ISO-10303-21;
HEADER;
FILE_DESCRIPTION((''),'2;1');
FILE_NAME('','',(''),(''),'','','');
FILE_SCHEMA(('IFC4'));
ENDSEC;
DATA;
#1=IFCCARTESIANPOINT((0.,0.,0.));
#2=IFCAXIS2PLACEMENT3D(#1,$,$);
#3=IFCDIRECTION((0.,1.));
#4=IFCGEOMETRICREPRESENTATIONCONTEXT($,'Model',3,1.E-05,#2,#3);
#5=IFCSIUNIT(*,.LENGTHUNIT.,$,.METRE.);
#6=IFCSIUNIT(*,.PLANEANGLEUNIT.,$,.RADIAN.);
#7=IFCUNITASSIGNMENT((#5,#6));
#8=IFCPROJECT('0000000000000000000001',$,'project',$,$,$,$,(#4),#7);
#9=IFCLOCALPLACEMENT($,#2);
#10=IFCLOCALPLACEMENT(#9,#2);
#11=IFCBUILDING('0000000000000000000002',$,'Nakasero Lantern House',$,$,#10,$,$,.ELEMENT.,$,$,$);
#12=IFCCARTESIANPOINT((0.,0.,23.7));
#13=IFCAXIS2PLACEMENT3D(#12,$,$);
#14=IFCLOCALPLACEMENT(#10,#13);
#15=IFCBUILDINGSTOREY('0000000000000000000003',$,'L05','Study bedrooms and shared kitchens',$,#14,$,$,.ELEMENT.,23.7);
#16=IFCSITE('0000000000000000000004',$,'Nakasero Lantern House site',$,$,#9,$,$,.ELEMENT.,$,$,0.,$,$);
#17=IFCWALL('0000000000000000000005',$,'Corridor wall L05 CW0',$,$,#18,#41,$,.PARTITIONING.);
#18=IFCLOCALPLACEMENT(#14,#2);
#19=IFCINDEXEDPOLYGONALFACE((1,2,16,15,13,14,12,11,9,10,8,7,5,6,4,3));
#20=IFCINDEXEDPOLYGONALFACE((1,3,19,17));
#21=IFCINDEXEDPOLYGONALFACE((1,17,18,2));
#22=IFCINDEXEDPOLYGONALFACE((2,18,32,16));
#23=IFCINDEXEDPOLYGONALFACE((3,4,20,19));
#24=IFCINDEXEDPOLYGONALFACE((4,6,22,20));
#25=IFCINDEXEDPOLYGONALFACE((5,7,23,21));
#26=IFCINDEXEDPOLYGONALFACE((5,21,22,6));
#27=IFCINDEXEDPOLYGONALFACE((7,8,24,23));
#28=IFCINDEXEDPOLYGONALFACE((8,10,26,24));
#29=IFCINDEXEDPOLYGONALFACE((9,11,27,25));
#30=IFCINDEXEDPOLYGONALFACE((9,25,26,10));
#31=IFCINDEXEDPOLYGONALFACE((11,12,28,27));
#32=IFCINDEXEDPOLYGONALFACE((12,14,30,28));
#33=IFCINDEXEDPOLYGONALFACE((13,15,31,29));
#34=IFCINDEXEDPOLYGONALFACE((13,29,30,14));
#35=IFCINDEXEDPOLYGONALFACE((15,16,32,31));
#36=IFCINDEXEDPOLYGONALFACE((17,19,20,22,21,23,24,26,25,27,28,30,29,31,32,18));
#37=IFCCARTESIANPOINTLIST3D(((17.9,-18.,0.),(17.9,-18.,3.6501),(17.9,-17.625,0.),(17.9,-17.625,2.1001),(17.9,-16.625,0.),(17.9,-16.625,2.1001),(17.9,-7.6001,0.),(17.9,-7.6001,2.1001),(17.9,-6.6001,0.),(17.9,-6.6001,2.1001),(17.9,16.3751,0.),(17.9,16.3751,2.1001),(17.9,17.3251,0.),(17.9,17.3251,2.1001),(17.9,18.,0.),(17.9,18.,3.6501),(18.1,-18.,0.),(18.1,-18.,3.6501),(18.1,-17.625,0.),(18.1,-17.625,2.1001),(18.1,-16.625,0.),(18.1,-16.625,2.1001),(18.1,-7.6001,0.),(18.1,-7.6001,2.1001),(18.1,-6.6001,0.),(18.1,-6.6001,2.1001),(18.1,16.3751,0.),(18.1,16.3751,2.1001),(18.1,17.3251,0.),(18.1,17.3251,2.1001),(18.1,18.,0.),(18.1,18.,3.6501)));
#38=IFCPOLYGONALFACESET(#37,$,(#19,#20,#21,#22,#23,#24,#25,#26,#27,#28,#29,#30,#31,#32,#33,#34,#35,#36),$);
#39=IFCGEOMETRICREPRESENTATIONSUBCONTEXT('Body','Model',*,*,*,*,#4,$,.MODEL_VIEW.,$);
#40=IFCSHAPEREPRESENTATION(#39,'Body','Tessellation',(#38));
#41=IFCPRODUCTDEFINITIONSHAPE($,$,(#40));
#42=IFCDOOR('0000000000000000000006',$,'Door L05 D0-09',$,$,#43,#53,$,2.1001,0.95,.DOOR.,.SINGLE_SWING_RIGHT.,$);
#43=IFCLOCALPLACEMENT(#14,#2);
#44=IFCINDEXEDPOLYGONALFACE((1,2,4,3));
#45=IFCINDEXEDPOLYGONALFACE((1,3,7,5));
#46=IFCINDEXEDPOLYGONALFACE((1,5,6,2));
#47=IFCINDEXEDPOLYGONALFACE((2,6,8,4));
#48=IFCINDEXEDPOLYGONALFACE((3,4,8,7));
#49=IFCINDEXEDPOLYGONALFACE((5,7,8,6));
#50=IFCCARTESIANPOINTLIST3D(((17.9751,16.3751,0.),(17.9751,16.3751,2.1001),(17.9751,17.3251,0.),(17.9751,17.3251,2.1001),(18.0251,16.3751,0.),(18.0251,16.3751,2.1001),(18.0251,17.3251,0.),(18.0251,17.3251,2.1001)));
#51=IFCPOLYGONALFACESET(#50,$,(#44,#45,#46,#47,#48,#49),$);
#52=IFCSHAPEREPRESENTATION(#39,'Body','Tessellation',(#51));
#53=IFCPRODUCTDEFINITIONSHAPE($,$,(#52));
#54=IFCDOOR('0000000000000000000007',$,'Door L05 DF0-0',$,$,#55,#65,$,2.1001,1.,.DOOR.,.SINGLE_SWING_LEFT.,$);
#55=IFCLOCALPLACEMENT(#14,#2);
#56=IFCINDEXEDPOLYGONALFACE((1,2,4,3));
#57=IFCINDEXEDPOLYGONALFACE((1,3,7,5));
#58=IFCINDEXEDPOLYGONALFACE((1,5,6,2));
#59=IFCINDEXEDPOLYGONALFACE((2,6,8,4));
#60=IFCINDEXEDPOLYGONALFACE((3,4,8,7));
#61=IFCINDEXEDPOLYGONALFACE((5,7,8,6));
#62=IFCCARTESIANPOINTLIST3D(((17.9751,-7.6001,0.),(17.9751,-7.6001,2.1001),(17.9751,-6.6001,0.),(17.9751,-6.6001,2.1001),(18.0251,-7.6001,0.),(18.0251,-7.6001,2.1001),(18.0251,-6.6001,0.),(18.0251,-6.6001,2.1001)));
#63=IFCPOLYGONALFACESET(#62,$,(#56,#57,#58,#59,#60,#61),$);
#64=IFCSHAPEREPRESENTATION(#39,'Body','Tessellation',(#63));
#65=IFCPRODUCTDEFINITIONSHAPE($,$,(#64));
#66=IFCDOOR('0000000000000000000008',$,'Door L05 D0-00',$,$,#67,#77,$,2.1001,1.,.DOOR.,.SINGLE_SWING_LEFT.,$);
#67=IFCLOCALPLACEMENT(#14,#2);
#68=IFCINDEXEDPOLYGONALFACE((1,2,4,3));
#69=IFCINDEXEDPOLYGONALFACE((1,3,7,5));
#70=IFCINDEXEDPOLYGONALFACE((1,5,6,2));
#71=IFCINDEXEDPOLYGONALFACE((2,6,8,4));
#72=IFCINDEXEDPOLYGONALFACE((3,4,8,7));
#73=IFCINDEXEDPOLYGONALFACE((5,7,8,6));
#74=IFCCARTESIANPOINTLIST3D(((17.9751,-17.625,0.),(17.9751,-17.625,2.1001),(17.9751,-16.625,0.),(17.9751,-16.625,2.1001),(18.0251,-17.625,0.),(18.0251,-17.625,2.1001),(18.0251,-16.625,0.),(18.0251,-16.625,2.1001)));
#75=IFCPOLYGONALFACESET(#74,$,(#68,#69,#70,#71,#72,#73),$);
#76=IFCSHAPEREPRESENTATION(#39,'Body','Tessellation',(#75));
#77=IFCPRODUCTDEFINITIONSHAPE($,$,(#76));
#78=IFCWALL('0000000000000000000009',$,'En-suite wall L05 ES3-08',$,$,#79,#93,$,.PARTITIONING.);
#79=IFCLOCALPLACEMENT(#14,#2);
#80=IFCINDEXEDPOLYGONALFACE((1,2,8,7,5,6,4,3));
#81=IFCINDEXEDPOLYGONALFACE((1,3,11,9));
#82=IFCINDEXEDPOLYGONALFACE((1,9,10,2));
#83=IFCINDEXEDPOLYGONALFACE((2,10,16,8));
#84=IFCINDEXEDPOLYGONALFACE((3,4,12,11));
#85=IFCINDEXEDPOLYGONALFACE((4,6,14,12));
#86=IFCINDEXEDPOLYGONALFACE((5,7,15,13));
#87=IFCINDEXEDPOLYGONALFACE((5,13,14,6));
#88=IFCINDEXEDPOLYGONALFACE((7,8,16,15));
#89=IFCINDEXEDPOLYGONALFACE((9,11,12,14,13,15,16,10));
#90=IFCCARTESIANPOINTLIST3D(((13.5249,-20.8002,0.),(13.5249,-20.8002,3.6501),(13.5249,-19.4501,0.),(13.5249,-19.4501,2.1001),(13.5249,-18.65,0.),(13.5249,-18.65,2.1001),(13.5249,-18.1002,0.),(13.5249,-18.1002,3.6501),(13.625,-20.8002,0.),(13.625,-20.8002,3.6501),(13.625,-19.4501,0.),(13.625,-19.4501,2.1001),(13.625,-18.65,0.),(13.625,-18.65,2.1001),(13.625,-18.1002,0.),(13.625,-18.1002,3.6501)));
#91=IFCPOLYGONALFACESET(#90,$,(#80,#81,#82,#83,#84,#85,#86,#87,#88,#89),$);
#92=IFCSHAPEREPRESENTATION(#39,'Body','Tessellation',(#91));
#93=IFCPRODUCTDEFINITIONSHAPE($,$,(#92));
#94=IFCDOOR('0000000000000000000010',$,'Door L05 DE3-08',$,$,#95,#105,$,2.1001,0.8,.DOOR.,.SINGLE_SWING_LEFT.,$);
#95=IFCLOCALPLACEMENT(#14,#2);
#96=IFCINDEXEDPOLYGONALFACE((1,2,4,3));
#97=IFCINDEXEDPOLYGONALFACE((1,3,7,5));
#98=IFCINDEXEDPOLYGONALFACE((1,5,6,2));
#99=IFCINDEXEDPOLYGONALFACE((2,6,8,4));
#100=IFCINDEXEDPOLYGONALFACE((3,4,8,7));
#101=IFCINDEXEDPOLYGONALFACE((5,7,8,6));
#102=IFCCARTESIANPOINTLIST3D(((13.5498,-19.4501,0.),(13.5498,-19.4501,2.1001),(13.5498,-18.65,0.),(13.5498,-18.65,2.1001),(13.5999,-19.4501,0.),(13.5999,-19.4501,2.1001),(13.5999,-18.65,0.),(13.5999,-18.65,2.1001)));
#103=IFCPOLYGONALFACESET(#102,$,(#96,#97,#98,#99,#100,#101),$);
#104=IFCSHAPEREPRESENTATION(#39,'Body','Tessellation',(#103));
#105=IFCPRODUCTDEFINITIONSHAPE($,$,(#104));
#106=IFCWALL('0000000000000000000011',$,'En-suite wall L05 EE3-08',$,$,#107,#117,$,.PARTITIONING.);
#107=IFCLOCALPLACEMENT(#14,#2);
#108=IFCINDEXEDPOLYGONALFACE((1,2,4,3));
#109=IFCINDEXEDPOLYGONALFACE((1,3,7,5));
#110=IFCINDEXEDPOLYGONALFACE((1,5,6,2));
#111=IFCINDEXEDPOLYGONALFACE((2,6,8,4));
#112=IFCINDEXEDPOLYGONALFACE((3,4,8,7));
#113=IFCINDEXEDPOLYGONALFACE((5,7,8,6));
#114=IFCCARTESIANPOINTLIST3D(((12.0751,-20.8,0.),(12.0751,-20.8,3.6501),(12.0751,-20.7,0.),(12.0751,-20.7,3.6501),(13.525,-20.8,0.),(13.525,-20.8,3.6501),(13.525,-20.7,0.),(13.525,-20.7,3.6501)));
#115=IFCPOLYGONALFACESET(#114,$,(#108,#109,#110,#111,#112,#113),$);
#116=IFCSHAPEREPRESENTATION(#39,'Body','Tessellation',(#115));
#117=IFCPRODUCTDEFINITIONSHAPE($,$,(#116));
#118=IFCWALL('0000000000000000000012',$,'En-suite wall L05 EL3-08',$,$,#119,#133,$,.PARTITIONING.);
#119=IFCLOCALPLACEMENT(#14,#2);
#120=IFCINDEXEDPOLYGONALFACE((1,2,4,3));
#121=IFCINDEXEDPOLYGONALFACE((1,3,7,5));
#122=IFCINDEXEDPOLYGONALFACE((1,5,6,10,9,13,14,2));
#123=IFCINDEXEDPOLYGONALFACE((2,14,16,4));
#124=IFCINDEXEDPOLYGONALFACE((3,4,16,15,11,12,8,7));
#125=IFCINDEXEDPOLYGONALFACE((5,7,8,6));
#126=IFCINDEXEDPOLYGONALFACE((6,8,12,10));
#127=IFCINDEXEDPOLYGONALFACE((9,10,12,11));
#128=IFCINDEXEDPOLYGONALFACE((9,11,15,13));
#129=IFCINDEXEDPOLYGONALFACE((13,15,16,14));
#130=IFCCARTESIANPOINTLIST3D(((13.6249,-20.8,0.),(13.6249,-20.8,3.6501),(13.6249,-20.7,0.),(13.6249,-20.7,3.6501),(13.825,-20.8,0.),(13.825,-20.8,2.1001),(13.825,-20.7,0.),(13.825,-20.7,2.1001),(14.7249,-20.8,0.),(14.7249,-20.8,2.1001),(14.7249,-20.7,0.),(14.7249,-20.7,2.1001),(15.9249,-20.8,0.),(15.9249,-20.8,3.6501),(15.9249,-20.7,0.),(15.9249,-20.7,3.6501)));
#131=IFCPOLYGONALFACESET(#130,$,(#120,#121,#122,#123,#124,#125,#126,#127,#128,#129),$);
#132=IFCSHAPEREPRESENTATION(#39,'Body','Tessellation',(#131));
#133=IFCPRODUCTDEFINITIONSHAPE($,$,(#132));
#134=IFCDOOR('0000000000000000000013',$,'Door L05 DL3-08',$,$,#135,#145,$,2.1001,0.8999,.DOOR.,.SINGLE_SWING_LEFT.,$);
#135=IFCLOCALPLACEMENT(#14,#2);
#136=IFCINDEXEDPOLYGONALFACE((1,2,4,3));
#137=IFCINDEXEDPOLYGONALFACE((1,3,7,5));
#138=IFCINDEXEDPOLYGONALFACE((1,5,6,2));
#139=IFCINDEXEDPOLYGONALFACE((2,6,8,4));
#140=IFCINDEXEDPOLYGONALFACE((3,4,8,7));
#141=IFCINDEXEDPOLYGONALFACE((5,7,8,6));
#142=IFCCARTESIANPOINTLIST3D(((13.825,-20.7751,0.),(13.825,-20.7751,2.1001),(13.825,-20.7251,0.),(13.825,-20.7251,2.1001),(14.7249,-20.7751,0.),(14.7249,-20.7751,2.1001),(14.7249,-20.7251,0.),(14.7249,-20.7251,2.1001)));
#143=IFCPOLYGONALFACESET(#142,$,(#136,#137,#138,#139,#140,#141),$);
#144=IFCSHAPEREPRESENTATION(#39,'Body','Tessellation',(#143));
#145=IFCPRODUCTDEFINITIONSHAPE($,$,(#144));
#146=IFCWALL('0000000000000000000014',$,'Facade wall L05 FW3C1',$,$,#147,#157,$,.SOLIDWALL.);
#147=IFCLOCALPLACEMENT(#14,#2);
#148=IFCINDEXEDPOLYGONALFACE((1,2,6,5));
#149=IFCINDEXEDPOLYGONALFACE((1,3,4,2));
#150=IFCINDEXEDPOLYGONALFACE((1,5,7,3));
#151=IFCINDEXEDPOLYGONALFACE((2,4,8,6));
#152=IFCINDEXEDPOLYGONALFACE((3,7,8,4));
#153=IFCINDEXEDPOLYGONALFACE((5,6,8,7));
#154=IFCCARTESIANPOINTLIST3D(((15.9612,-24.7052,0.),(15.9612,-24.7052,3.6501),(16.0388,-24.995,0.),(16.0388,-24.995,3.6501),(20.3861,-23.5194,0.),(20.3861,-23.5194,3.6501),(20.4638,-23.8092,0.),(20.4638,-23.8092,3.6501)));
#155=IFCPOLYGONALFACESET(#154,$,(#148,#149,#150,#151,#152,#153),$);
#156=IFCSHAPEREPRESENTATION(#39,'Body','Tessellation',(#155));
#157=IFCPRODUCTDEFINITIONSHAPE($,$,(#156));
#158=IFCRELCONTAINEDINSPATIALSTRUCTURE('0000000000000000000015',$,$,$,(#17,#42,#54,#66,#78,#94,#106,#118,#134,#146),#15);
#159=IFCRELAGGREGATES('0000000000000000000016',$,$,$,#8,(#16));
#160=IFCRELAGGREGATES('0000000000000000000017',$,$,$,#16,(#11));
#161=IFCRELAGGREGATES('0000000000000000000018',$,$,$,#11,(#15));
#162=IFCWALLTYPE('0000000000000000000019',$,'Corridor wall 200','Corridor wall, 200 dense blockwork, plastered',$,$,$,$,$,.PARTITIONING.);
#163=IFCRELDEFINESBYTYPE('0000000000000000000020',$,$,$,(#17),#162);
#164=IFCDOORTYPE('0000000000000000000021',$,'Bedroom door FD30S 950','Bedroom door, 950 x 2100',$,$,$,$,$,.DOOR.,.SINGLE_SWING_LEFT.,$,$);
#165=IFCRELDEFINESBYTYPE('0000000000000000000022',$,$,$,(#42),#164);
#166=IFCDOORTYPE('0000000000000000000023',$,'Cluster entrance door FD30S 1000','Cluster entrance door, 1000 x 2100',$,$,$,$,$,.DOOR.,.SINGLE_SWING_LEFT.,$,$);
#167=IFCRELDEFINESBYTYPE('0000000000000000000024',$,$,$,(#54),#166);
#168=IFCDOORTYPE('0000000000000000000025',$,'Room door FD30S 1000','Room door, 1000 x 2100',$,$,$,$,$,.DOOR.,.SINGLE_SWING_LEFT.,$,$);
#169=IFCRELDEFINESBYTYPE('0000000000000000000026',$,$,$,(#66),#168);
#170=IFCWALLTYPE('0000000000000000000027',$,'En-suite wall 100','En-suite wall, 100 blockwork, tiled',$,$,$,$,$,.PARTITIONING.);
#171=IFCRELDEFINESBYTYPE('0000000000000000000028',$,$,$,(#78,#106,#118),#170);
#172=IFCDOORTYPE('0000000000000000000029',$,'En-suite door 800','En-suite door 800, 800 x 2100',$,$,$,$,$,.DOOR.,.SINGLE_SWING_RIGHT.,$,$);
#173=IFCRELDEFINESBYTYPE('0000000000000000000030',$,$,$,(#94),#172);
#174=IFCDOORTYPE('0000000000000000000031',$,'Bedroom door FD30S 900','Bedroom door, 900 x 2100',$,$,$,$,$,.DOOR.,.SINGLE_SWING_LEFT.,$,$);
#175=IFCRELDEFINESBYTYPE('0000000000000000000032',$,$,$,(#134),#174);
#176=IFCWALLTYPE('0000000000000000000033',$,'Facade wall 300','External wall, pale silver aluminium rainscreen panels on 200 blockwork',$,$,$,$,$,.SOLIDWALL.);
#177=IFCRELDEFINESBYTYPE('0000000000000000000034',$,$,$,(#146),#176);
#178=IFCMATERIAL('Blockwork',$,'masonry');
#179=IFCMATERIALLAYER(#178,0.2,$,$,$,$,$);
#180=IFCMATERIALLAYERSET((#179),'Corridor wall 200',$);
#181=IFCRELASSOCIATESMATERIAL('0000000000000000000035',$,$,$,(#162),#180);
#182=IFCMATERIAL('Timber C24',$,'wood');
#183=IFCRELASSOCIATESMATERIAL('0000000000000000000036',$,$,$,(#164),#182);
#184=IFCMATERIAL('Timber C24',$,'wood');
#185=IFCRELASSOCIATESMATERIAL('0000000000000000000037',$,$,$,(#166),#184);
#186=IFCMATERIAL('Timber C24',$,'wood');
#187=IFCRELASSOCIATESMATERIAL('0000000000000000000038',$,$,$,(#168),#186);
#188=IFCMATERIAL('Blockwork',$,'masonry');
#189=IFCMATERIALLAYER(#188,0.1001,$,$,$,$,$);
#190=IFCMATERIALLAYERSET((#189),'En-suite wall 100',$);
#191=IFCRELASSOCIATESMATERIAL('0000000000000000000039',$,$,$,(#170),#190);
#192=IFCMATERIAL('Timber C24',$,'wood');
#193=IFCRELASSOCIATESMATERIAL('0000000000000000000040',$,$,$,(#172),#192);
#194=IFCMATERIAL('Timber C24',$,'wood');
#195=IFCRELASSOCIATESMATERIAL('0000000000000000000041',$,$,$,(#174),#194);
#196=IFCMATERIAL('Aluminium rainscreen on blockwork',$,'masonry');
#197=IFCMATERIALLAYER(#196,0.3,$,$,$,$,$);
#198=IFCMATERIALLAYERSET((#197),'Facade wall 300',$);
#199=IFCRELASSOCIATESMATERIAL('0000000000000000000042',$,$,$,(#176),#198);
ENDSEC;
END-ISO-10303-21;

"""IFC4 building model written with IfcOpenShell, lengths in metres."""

from ifc_helpers import new_model, si_unit, direction, frame, frame_2d, origin, place, context, subcontext, project, spatial, rectangle, extrude, material, layer, layer_set, type_object, element, fill, save


model = new_model("IFC4")

# Units and contexts
model_context = context("Model", 3, precision=1e-05, world=origin(), true_north=direction((0.0, 1.0)))
body_context = subcontext(model_context, "Body", "Model", "MODEL_VIEW")
ifc_project = project(units=[si_unit("LENGTHUNIT", "METRE"), si_unit("PLANEANGLEUNIT", "RADIAN")], contexts=[model_context])

# Site, building, storey
site_placement = place(None, origin())
site = spatial("IfcSite", under=ifc_project, at=site_placement, Name="Nakasero Lantern House site", CompositionType="ELEMENT", RefElevation=0.0)
building_placement = place(site_placement, origin())
building = spatial("IfcBuilding", under=site, at=building_placement, Name="Nakasero Lantern House", CompositionType="ELEMENT")
storey_placement = place(building_placement, frame((0.0, 0.0, 23.7)))
storey = spatial("IfcBuildingStorey", under=building, at=storey_placement, Name="L05", Description="Study bedrooms and shared kitchens", CompositionType="ELEMENT", Elevation=23.7)

# Wall, openings, doors
ifc_material_1 = material(Name="Blockwork", Category="masonry")
ifc_layer_1 = layer(ifc_material_1, 0.2)
ifc_layer_set_1 = layer_set([ifc_layer_1], Name="Corridor wall 200")
wall_type_1 = type_object("IfcWallType", Name="Corridor wall 200", Description="Corridor wall, 200 dense blockwork, plastered", PredefinedType="PARTITIONING", material=ifc_layer_set_1)
wall_1_placement = place(storey_placement, frame((18.0, -18.0, 0.0), z_axis=(0.0, 0.0, 1.0), x_axis=(0.0, 1.0, 0.0)))
wall_1 = element("IfcWall", 1, at=wall_1_placement, inside=storey, type_object=wall_type_1, Name="Corridor wall L05 CW0", PredefinedType="PARTITIONING", context=body_context, shape_type="SweptSolid", body=[
    extrude(rectangle(XDim=36.0, YDim=0.2, at=frame_2d((18.0, 0.0))), origin(), (0.0, 0.0, 1.0), 3.6501),
])
opening_1_placement = place(wall_1_placement, frame((10.3999, 0.0, 0.0)))
opening_1 = element("IfcOpeningElement", 2, at=opening_1_placement, cuts=wall_1, PredefinedType="OPENING", context=body_context, shape_type="SweptSolid", body=[
    extrude(rectangle(XDim=1.0, YDim=2.1001, at=frame_2d((0.5, 1.05))), frame((0.0, 0.1199, 0.0), z_axis=(0.0, -1.0, 0.0), x_axis=(1.0, 0.0, 0.0)), (0.0, 0.0, 1.0), 0.24),
])
opening_2_placement = place(wall_1_placement, frame((0.375, 0.0, 0.0)))
opening_2 = element("IfcOpeningElement", 3, at=opening_2_placement, cuts=wall_1, PredefinedType="OPENING", context=body_context, shape_type="SweptSolid", body=[
    extrude(rectangle(XDim=1.0, YDim=2.1001, at=frame_2d((0.5, 1.05))), frame((0.0, 0.1199, 0.0), z_axis=(0.0, -1.0, 0.0), x_axis=(1.0, 0.0, 0.0)), (0.0, 0.0, 1.0), 0.24),
])
opening_3_placement = place(wall_1_placement, frame((34.375, 0.0, 0.0)))
opening_3 = element("IfcOpeningElement", 4, at=opening_3_placement, cuts=wall_1, PredefinedType="OPENING", context=body_context, shape_type="SweptSolid", body=[
    extrude(rectangle(XDim=0.95, YDim=2.1001, at=frame_2d((0.4751, 1.05))), frame((0.0, 0.1199, 0.0), z_axis=(0.0, -1.0, 0.0), x_axis=(1.0, 0.0, 0.0)), (0.0, 0.0, 1.0), 0.24),
])
ifc_material_2 = material(Name="Timber C24", Category="wood")
door_type_1 = type_object("IfcDoorType", Name="Bedroom door FD30S 950", Description="Bedroom door, 950 x 2100", OperationType="SINGLE_SWING_LEFT", PredefinedType="DOOR", material=ifc_material_2)
door_1_placement = place(opening_3_placement, origin())
door_1 = element("IfcDoor", 5, at=door_1_placement, inside=storey, type_object=door_type_1, Name="Door L05 D0-09", OperationType="SINGLE_SWING_RIGHT", OverallHeight=2.1001, OverallWidth=0.95, PredefinedType="DOOR", context=body_context, shape_type="SweptSolid", body=[
    extrude(rectangle(XDim=0.95, YDim=2.1001, at=frame_2d((0.4751, 1.05))), frame((0.0, 0.0249, 0.0), z_axis=(0.0, -1.0, 0.0), x_axis=(1.0, 0.0, 0.0)), (0.0, 0.0, 1.0), 0.05),
])
fill(opening_3, door_1)
ifc_material_3 = material(Name="Timber C24", Category="wood")
door_type_2 = type_object("IfcDoorType", Name="Cluster entrance door FD30S 1000", Description="Cluster entrance door, 1000 x 2100", OperationType="SINGLE_SWING_LEFT", PredefinedType="DOOR", material=ifc_material_3)
door_2_placement = place(opening_1_placement, origin())
door_2 = element("IfcDoor", 6, at=door_2_placement, inside=storey, type_object=door_type_2, Name="Door L05 DF0-0", OperationType="SINGLE_SWING_LEFT", OverallHeight=2.1001, OverallWidth=1.0, PredefinedType="DOOR", context=body_context, shape_type="SweptSolid", body=[
    extrude(rectangle(XDim=1.0, YDim=2.1001, at=frame_2d((0.5, 1.05))), frame((0.0, 0.0249, 0.0), z_axis=(0.0, -1.0, 0.0), x_axis=(1.0, 0.0, 0.0)), (0.0, 0.0, 1.0), 0.05),
])
fill(opening_1, door_2)
ifc_material_4 = material(Name="Timber C24", Category="wood")
door_type_3 = type_object("IfcDoorType", Name="Room door FD30S 1000", Description="Room door, 1000 x 2100", OperationType="SINGLE_SWING_LEFT", PredefinedType="DOOR", material=ifc_material_4)
door_3_placement = place(opening_2_placement, origin())
door_3 = element("IfcDoor", 7, at=door_3_placement, inside=storey, type_object=door_type_3, Name="Door L05 D0-00", OperationType="SINGLE_SWING_LEFT", OverallHeight=2.1001, OverallWidth=1.0, PredefinedType="DOOR", context=body_context, shape_type="SweptSolid", body=[
    extrude(rectangle(XDim=1.0, YDim=2.1001, at=frame_2d((0.5, 1.05))), frame((0.0, 0.0249, 0.0), z_axis=(0.0, -1.0, 0.0), x_axis=(1.0, 0.0, 0.0)), (0.0, 0.0, 1.0), 0.05),
])
fill(opening_2, door_3)

# Wall, opening, door
ifc_material_5 = material(Name="Blockwork", Category="masonry")
ifc_layer_2 = layer(ifc_material_5, 0.1001)
ifc_layer_set_2 = layer_set([ifc_layer_2], Name="En-suite wall 100")
wall_type_2 = type_object("IfcWallType", Name="En-suite wall 100", Description="En-suite wall, 100 blockwork, tiled", PredefinedType="PARTITIONING", material=ifc_layer_set_2)
wall_2_placement = place(storey_placement, frame((13.575, -18.1001, 0.0), z_axis=(0.0, 0.0, 1.0), x_axis=(0.0, -1.0, 0.0)))
wall_2 = element("IfcWall", 8, at=wall_2_placement, inside=storey, type_object=wall_type_2, Name="En-suite wall L05 ES3-08", PredefinedType="PARTITIONING", context=body_context, shape_type="SweptSolid", body=[
    extrude(rectangle(XDim=2.7, YDim=0.1001, at=frame_2d((1.3501, 0.0))), origin(), (0.0, 0.0, 1.0), 3.6501),
])
opening_4_placement = place(wall_2_placement, frame((0.55, 0.0, 0.0)))
opening_4 = element("IfcOpeningElement", 9, at=opening_4_placement, cuts=wall_2, PredefinedType="OPENING", context=body_context, shape_type="SweptSolid", body=[
    extrude(rectangle(XDim=0.8, YDim=2.1001, at=frame_2d((0.3999, 1.05))), frame((0.0, 0.0701, 0.0), z_axis=(0.0, -1.0, 0.0), x_axis=(1.0, 0.0, 0.0)), (0.0, 0.0, 1.0), 0.1401),
])
ifc_material_6 = material(Name="Timber C24", Category="wood")
door_type_4 = type_object("IfcDoorType", Name="En-suite door 800", Description="En-suite door 800, 800 x 2100", OperationType="SINGLE_SWING_RIGHT", PredefinedType="DOOR", material=ifc_material_6)
door_4_placement = place(opening_4_placement, origin())
door_4 = element("IfcDoor", 10, at=door_4_placement, inside=storey, type_object=door_type_4, Name="Door L05 DE3-08", OperationType="SINGLE_SWING_LEFT", OverallHeight=2.1001, OverallWidth=0.8, PredefinedType="DOOR", context=body_context, shape_type="SweptSolid", body=[
    extrude(rectangle(XDim=0.8, YDim=2.1001, at=frame_2d((0.3999, 1.05))), frame((0.0, 0.0249, 0.0), z_axis=(0.0, -1.0, 0.0), x_axis=(1.0, 0.0, 0.0)), (0.0, 0.0, 1.0), 0.05),
])
fill(opening_4, door_4)

# Wall
wall_3_placement = place(storey_placement, frame((12.075, -20.75, 0.0), z_axis=(0.0, 0.0, 1.0), x_axis=(1.0, 0.0, 0.0)))
element("IfcWall", 11, at=wall_3_placement, inside=storey, type_object=wall_type_2, Name="En-suite wall L05 EE3-08", PredefinedType="PARTITIONING", context=body_context, shape_type="SweptSolid", body=[
    extrude(rectangle(XDim=1.45, YDim=0.1001, at=frame_2d((0.7251, 0.0))), origin(), (0.0, 0.0, 1.0), 3.6501),
])

# Wall, opening, door
wall_4_placement = place(storey_placement, frame((13.625, -20.75, 0.0), z_axis=(0.0, 0.0, 1.0), x_axis=(1.0, 0.0, 0.0)))
wall_4 = element("IfcWall", 12, at=wall_4_placement, inside=storey, type_object=wall_type_2, Name="En-suite wall L05 EL3-08", PredefinedType="PARTITIONING", context=body_context, shape_type="SweptSolid", body=[
    extrude(rectangle(XDim=2.3, YDim=0.1001, at=frame_2d((1.1499, 0.0))), origin(), (0.0, 0.0, 1.0), 3.6501),
])
opening_5_placement = place(wall_4_placement, frame((0.2, 0.0, 0.0)))
opening_5 = element("IfcOpeningElement", 13, at=opening_5_placement, cuts=wall_4, PredefinedType="OPENING", context=body_context, shape_type="SweptSolid", body=[
    extrude(rectangle(XDim=0.8999, YDim=2.1001, at=frame_2d((0.45, 1.05))), frame((0.0, 0.0701, 0.0), z_axis=(0.0, -1.0, 0.0), x_axis=(1.0, 0.0, 0.0)), (0.0, 0.0, 1.0), 0.1401),
])
ifc_material_7 = material(Name="Timber C24", Category="wood")
door_type_5 = type_object("IfcDoorType", Name="Bedroom door FD30S 900", Description="Bedroom door, 900 x 2100", OperationType="SINGLE_SWING_LEFT", PredefinedType="DOOR", material=ifc_material_7)
door_5_placement = place(opening_5_placement, origin())
door_5 = element("IfcDoor", 14, at=door_5_placement, inside=storey, type_object=door_type_5, Name="Door L05 DL3-08", OperationType="SINGLE_SWING_LEFT", OverallHeight=2.1001, OverallWidth=0.8999, PredefinedType="DOOR", context=body_context, shape_type="SweptSolid", body=[
    extrude(rectangle(XDim=0.8999, YDim=2.1001, at=frame_2d((0.45, 1.05))), frame((0.0, 0.0249, 0.0), z_axis=(0.0, -1.0, 0.0), x_axis=(1.0, 0.0, 0.0)), (0.0, 0.0, 1.0), 0.05),
])
fill(opening_5, door_5)

# Wall
ifc_material_8 = material(Name="Aluminium rainscreen on blockwork", Category="masonry")
ifc_layer_3 = layer(ifc_material_8, 0.3)
ifc_layer_set_3 = layer_set([ifc_layer_3], Name="Facade wall 300")
wall_type_3 = type_object("IfcWallType", Name="Facade wall 300", Description="External wall, pale silver aluminium rainscreen panels on 200 blockwork", PredefinedType="SOLIDWALL", material=ifc_layer_set_3)
wall_5_placement = place(storey_placement, frame((16.0, -24.8501, 0.0), z_axis=(0.0, 0.0, 1.0), x_axis=(0.96592, 0.25884, 0.0)))
element("IfcWall", 15, at=wall_5_placement, inside=storey, type_object=wall_type_3, Name="Facade wall L05 FW3C1", PredefinedType="SOLIDWALL", context=body_context, shape_type="SweptSolid", body=[
    extrude(rectangle(XDim=4.5811, YDim=0.3, at=frame_2d((2.2905, 0.0))), origin(), (0.0, 0.0, 1.0), 3.6501),
])

save(model, "model.ifc")
